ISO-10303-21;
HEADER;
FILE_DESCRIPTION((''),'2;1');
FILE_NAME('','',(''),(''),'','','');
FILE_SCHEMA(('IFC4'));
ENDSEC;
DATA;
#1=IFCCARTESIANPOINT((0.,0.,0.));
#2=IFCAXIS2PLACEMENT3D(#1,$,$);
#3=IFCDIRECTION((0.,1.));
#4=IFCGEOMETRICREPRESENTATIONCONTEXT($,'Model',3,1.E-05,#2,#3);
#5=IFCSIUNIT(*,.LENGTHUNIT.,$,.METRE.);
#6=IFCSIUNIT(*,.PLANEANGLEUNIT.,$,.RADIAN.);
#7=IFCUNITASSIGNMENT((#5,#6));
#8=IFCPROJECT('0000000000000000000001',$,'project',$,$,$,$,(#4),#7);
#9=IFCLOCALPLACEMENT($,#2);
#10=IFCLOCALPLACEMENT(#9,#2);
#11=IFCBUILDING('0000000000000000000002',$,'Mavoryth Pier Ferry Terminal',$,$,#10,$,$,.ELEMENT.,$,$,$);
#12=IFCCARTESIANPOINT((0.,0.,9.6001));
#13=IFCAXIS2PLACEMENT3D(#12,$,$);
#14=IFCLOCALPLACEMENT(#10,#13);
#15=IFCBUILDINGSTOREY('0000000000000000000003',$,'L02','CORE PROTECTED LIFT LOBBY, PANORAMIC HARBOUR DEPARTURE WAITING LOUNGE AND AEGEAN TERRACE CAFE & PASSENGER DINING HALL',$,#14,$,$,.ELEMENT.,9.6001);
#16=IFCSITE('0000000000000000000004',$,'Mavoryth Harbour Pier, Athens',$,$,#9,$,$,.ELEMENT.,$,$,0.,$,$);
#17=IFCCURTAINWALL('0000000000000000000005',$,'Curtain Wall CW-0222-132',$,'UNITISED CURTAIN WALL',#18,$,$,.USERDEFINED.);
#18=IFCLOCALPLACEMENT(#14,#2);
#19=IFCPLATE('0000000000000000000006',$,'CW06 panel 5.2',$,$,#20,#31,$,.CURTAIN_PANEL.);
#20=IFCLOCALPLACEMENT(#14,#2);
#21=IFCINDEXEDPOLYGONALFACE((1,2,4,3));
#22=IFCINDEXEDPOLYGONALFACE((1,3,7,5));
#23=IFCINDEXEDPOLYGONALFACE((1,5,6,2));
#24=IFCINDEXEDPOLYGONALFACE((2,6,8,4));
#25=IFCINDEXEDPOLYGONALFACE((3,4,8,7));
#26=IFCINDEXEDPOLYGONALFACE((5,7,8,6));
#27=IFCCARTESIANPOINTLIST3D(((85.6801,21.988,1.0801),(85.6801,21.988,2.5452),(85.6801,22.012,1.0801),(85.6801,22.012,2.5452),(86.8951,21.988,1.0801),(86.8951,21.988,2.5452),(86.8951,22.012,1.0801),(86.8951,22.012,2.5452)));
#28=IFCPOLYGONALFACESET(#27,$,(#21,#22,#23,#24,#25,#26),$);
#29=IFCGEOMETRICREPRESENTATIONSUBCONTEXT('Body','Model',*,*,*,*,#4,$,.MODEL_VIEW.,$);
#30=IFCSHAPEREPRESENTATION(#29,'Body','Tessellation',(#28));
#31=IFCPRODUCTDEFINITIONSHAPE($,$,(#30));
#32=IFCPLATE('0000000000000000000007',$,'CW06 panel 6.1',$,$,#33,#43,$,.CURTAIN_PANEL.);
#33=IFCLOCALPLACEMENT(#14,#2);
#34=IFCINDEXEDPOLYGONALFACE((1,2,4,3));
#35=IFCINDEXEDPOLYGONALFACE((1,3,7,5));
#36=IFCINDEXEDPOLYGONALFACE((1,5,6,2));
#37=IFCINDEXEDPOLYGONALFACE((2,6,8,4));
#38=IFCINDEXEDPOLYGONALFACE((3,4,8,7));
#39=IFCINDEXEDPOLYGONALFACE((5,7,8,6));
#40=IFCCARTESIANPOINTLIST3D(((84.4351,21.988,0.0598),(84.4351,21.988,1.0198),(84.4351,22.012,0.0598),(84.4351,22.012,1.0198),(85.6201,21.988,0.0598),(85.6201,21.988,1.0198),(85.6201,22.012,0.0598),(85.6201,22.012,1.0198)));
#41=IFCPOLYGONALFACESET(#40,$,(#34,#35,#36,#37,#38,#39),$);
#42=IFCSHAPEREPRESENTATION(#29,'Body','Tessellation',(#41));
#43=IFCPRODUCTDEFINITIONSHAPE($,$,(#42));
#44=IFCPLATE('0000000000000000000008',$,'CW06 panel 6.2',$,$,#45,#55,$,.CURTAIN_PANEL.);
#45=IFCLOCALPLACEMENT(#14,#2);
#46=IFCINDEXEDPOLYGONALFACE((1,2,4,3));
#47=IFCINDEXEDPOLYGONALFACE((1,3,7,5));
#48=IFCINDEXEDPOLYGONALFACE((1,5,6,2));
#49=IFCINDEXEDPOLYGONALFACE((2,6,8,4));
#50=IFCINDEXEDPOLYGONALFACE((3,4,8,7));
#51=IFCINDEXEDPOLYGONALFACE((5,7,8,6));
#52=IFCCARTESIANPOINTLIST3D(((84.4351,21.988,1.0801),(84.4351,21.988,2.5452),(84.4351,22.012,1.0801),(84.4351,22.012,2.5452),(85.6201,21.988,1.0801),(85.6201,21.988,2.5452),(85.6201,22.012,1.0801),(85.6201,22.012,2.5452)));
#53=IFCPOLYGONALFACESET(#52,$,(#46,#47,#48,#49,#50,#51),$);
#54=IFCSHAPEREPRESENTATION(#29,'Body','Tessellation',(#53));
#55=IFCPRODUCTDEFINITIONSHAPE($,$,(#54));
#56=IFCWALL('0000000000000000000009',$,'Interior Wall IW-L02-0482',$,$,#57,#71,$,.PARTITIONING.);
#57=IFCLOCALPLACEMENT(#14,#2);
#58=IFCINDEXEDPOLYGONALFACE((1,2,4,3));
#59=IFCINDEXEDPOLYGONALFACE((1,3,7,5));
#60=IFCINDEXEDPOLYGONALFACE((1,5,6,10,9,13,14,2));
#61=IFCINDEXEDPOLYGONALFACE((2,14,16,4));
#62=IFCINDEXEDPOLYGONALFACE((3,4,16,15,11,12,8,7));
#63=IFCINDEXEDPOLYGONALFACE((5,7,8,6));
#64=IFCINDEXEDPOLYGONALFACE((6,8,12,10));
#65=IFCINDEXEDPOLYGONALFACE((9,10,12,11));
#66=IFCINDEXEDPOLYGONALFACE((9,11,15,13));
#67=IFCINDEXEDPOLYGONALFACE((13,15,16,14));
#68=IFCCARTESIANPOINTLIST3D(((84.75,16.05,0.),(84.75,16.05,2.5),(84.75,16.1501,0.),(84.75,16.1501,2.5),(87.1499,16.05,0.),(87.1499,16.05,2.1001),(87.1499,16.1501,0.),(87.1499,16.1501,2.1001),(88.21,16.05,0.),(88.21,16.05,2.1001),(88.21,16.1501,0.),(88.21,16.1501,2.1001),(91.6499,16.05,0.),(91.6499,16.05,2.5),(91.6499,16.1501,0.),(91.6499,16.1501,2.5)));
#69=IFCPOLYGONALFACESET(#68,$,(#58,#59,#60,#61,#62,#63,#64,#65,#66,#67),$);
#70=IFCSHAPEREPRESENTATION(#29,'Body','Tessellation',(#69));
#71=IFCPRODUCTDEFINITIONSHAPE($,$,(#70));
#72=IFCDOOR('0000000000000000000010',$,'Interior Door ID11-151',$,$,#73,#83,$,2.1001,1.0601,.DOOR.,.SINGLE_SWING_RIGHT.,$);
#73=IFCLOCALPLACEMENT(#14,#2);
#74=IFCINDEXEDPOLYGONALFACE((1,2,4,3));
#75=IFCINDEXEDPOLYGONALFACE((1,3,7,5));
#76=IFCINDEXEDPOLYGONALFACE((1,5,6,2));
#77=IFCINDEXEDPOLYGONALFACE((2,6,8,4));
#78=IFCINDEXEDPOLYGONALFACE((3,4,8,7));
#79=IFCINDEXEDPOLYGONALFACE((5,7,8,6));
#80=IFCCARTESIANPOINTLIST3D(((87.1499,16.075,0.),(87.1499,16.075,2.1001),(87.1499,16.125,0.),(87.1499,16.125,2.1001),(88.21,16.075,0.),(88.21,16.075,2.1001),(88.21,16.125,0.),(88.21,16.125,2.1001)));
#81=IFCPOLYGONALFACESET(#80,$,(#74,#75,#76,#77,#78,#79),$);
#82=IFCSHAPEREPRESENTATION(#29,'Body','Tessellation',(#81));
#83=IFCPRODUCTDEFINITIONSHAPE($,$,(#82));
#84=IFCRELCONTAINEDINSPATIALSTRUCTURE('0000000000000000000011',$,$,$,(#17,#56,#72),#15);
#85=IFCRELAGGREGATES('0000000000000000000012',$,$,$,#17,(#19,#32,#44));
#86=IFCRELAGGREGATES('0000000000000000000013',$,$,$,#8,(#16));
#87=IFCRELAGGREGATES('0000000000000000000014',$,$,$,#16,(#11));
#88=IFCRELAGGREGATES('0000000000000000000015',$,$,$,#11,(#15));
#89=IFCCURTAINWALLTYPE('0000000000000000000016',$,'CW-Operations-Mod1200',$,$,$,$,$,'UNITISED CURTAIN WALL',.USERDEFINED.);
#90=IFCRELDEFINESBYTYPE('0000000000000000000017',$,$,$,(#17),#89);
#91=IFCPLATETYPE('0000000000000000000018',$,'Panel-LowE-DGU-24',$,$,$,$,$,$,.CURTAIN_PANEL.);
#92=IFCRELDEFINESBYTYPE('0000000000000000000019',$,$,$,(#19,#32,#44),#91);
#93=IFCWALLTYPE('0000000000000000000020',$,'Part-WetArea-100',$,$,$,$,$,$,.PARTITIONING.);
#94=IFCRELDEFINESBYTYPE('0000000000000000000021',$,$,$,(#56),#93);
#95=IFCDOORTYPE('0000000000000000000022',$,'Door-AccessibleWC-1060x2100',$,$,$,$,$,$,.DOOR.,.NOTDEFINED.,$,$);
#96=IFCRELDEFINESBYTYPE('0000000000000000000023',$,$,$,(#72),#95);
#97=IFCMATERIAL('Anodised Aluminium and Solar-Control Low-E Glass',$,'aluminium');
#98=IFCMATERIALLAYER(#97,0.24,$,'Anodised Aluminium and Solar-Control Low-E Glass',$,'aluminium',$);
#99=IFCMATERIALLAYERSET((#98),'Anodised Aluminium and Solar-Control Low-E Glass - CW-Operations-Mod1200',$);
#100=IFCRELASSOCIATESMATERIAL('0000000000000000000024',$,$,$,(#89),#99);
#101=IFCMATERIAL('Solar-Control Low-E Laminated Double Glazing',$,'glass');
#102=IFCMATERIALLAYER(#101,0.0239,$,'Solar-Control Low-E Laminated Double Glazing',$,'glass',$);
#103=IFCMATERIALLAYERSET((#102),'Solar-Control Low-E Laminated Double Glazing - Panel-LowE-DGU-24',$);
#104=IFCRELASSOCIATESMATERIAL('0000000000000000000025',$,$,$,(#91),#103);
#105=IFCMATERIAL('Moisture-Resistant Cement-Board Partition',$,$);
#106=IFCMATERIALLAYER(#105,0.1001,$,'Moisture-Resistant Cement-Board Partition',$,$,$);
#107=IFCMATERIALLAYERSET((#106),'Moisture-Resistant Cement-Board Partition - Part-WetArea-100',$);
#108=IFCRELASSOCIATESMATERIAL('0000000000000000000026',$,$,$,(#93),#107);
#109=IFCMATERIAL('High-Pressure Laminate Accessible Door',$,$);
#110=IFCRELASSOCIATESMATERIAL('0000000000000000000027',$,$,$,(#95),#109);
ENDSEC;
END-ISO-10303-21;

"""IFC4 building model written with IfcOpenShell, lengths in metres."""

from ifc_helpers import new_model, si_unit, direction, frame, frame_2d, origin, origin_2d, place, context, subcontext, project, spatial, rectangle, extrude, material, layer, layer_set, type_object, element, fill, aggregate, save


model = new_model("IFC4")

# Units and contexts
model_context = context("Model", 3, precision=1e-05, world=origin(), true_north=direction((0.0, 1.0)))
body_context = subcontext(model_context, "Body", "Model", "MODEL_VIEW")
ifc_project = project(units=[si_unit("LENGTHUNIT", "METRE"), si_unit("PLANEANGLEUNIT", "RADIAN")], contexts=[model_context])

# Site, building, storey
site_placement = place(None, origin())
site = spatial("IfcSite", under=ifc_project, at=site_placement, Name="Mavoryth Harbour Pier, Athens", CompositionType="ELEMENT", RefElevation=0.0)
building_placement = place(site_placement, origin())
building = spatial("IfcBuilding", under=site, at=building_placement, Name="Mavoryth Pier Ferry Terminal", CompositionType="ELEMENT")
storey_placement = place(building_placement, frame((0.0, 0.0, 9.6001)))
storey = spatial("IfcBuildingStorey", under=building, at=storey_placement, Name="L02", Description="CORE PROTECTED LIFT LOBBY, PANORAMIC HARBOUR DEPARTURE WAITING LOUNGE AND AEGEAN TERRACE CAFE & PASSENGER DINING HALL", CompositionType="ELEMENT", Elevation=9.6001)

# Curtain wall
ifc_material_1 = material(Name="Anodised Aluminium and Solar-Control Low-E Glass", Category="aluminium")
ifc_layer_1 = layer(ifc_material_1, 0.24, Name="Anodised Aluminium and Solar-Control Low-E Glass", Category="aluminium")
ifc_layer_set_1 = layer_set([ifc_layer_1], Name="Anodised Aluminium and Solar-Control Low-E Glass - CW-Operations-Mod1200")
curtain_wall_type = type_object("IfcCurtainWallType", Name="CW-Operations-Mod1200", ElementType="UNITISED CURTAIN WALL", PredefinedType="USERDEFINED", material=ifc_layer_set_1)
curtain_wall_placement = place(storey_placement, origin())
curtain_wall = element("IfcCurtainWall", 1, at=curtain_wall_placement, inside=storey, type_object=curtain_wall_type, Name="Curtain Wall CW-0222-132", ObjectType="UNITISED CURTAIN WALL", PredefinedType="USERDEFINED")

# Plates
ifc_material_2 = material(Name="Solar-Control Low-E Laminated Double Glazing", Category="glass")
ifc_layer_2 = layer(ifc_material_2, 0.0239, Name="Solar-Control Low-E Laminated Double Glazing", Category="glass")
ifc_layer_set_2 = layer_set([ifc_layer_2], Name="Solar-Control Low-E Laminated Double Glazing - Panel-LowE-DGU-24")
plate_type = type_object("IfcPlateType", Name="Panel-LowE-DGU-24", PredefinedType="CURTAIN_PANEL", material=ifc_layer_set_2)
plate_1_placement = place(storey_placement, frame((86.2876, 22.0, 1.0801), z_axis=(0.0, 0.0, 1.0), x_axis=(-1.0, 0.0, 0.0)))
plate_1 = element("IfcPlate", 2, at=plate_1_placement, type_object=plate_type, Name="CW06 panel 5.2", PredefinedType="CURTAIN_PANEL", context=body_context, shape_type="SweptSolid", body=[
    extrude(rectangle(XDim=1.2151, YDim=0.0239, at=origin_2d()), origin(), (0.0, 0.0, 1.0), 1.4651),
])
plate_2_placement = place(storey_placement, frame((85.0276, 22.0, 0.0598), z_axis=(0.0, 0.0, 1.0), x_axis=(-1.0, 0.0, 0.0)))
plate_2 = element("IfcPlate", 3, at=plate_2_placement, type_object=plate_type, Name="CW06 panel 6.1", PredefinedType="CURTAIN_PANEL", context=body_context, shape_type="SweptSolid", body=[
    extrude(rectangle(XDim=1.1851, YDim=0.0239, at=origin_2d()), origin(), (0.0, 0.0, 1.0), 0.96),
])
plate_3_placement = place(storey_placement, frame((85.0276, 22.0, 1.0801), z_axis=(0.0, 0.0, 1.0), x_axis=(-1.0, 0.0, 0.0)))
plate_3 = element("IfcPlate", 4, at=plate_3_placement, type_object=plate_type, Name="CW06 panel 6.2", PredefinedType="CURTAIN_PANEL", context=body_context, shape_type="SweptSolid", body=[
    extrude(rectangle(XDim=1.1851, YDim=0.0239, at=origin_2d()), origin(), (0.0, 0.0, 1.0), 1.4651),
])
aggregate(curtain_wall, [plate_1, plate_2, plate_3])

# Wall, opening, door
ifc_material_3 = material(Name="Moisture-Resistant Cement-Board Partition")
ifc_layer_3 = layer(ifc_material_3, 0.1001, Name="Moisture-Resistant Cement-Board Partition")
ifc_layer_set_3 = layer_set([ifc_layer_3], Name="Moisture-Resistant Cement-Board Partition - Part-WetArea-100")
wall_type = type_object("IfcWallType", Name="Part-WetArea-100", PredefinedType="PARTITIONING", material=ifc_layer_set_3)
wall_placement = place(storey_placement, frame((84.75, 16.1001, 0.0), z_axis=(0.0, 0.0, 1.0), x_axis=(1.0, 0.0, 0.0)))
wall = element("IfcWall", 5, at=wall_placement, inside=storey, type_object=wall_type, Name="Interior Wall IW-L02-0482", PredefinedType="PARTITIONING", context=body_context, shape_type="SweptSolid", body=[
    extrude(rectangle(XDim=6.8999, YDim=0.1001, at=frame_2d((3.45, 0.0))), origin(), (0.0, 0.0, 1.0), 2.5),
])
opening_placement = place(wall_placement, frame((2.3999, 0.0, 0.0)))
opening = element("IfcOpeningElement", 6, at=opening_placement, cuts=wall, PredefinedType="OPENING", context=body_context, shape_type="SweptSolid", body=[
    extrude(rectangle(XDim=1.0601, YDim=2.1001, at=frame_2d((0.53, 1.05))), frame((0.0, 0.0601, 0.0), z_axis=(0.0, -1.0, 0.0), x_axis=(1.0, 0.0, 0.0)), (0.0, 0.0, 1.0), 0.1201),
])
ifc_material_4 = material(Name="High-Pressure Laminate Accessible Door")
door_type = type_object("IfcDoorType", Name="Door-AccessibleWC-1060x2100", OperationType="NOTDEFINED", PredefinedType="DOOR", material=ifc_material_4)
door_placement = place(opening_placement, origin())
door = element("IfcDoor", 7, at=door_placement, inside=storey, type_object=door_type, Name="Interior Door ID11-151", OperationType="SINGLE_SWING_RIGHT", OverallHeight=2.1001, OverallWidth=1.0601, PredefinedType="DOOR", context=body_context, shape_type="SweptSolid", body=[
    extrude(rectangle(XDim=1.0601, YDim=2.1001, at=frame_2d((0.53, 1.05))), frame((0.0, 0.0249, 0.0), z_axis=(0.0, -1.0, 0.0), x_axis=(1.0, 0.0, 0.0)), (0.0, 0.0, 1.0), 0.05),
])
fill(opening, door)

save(model, "model.ifc")
